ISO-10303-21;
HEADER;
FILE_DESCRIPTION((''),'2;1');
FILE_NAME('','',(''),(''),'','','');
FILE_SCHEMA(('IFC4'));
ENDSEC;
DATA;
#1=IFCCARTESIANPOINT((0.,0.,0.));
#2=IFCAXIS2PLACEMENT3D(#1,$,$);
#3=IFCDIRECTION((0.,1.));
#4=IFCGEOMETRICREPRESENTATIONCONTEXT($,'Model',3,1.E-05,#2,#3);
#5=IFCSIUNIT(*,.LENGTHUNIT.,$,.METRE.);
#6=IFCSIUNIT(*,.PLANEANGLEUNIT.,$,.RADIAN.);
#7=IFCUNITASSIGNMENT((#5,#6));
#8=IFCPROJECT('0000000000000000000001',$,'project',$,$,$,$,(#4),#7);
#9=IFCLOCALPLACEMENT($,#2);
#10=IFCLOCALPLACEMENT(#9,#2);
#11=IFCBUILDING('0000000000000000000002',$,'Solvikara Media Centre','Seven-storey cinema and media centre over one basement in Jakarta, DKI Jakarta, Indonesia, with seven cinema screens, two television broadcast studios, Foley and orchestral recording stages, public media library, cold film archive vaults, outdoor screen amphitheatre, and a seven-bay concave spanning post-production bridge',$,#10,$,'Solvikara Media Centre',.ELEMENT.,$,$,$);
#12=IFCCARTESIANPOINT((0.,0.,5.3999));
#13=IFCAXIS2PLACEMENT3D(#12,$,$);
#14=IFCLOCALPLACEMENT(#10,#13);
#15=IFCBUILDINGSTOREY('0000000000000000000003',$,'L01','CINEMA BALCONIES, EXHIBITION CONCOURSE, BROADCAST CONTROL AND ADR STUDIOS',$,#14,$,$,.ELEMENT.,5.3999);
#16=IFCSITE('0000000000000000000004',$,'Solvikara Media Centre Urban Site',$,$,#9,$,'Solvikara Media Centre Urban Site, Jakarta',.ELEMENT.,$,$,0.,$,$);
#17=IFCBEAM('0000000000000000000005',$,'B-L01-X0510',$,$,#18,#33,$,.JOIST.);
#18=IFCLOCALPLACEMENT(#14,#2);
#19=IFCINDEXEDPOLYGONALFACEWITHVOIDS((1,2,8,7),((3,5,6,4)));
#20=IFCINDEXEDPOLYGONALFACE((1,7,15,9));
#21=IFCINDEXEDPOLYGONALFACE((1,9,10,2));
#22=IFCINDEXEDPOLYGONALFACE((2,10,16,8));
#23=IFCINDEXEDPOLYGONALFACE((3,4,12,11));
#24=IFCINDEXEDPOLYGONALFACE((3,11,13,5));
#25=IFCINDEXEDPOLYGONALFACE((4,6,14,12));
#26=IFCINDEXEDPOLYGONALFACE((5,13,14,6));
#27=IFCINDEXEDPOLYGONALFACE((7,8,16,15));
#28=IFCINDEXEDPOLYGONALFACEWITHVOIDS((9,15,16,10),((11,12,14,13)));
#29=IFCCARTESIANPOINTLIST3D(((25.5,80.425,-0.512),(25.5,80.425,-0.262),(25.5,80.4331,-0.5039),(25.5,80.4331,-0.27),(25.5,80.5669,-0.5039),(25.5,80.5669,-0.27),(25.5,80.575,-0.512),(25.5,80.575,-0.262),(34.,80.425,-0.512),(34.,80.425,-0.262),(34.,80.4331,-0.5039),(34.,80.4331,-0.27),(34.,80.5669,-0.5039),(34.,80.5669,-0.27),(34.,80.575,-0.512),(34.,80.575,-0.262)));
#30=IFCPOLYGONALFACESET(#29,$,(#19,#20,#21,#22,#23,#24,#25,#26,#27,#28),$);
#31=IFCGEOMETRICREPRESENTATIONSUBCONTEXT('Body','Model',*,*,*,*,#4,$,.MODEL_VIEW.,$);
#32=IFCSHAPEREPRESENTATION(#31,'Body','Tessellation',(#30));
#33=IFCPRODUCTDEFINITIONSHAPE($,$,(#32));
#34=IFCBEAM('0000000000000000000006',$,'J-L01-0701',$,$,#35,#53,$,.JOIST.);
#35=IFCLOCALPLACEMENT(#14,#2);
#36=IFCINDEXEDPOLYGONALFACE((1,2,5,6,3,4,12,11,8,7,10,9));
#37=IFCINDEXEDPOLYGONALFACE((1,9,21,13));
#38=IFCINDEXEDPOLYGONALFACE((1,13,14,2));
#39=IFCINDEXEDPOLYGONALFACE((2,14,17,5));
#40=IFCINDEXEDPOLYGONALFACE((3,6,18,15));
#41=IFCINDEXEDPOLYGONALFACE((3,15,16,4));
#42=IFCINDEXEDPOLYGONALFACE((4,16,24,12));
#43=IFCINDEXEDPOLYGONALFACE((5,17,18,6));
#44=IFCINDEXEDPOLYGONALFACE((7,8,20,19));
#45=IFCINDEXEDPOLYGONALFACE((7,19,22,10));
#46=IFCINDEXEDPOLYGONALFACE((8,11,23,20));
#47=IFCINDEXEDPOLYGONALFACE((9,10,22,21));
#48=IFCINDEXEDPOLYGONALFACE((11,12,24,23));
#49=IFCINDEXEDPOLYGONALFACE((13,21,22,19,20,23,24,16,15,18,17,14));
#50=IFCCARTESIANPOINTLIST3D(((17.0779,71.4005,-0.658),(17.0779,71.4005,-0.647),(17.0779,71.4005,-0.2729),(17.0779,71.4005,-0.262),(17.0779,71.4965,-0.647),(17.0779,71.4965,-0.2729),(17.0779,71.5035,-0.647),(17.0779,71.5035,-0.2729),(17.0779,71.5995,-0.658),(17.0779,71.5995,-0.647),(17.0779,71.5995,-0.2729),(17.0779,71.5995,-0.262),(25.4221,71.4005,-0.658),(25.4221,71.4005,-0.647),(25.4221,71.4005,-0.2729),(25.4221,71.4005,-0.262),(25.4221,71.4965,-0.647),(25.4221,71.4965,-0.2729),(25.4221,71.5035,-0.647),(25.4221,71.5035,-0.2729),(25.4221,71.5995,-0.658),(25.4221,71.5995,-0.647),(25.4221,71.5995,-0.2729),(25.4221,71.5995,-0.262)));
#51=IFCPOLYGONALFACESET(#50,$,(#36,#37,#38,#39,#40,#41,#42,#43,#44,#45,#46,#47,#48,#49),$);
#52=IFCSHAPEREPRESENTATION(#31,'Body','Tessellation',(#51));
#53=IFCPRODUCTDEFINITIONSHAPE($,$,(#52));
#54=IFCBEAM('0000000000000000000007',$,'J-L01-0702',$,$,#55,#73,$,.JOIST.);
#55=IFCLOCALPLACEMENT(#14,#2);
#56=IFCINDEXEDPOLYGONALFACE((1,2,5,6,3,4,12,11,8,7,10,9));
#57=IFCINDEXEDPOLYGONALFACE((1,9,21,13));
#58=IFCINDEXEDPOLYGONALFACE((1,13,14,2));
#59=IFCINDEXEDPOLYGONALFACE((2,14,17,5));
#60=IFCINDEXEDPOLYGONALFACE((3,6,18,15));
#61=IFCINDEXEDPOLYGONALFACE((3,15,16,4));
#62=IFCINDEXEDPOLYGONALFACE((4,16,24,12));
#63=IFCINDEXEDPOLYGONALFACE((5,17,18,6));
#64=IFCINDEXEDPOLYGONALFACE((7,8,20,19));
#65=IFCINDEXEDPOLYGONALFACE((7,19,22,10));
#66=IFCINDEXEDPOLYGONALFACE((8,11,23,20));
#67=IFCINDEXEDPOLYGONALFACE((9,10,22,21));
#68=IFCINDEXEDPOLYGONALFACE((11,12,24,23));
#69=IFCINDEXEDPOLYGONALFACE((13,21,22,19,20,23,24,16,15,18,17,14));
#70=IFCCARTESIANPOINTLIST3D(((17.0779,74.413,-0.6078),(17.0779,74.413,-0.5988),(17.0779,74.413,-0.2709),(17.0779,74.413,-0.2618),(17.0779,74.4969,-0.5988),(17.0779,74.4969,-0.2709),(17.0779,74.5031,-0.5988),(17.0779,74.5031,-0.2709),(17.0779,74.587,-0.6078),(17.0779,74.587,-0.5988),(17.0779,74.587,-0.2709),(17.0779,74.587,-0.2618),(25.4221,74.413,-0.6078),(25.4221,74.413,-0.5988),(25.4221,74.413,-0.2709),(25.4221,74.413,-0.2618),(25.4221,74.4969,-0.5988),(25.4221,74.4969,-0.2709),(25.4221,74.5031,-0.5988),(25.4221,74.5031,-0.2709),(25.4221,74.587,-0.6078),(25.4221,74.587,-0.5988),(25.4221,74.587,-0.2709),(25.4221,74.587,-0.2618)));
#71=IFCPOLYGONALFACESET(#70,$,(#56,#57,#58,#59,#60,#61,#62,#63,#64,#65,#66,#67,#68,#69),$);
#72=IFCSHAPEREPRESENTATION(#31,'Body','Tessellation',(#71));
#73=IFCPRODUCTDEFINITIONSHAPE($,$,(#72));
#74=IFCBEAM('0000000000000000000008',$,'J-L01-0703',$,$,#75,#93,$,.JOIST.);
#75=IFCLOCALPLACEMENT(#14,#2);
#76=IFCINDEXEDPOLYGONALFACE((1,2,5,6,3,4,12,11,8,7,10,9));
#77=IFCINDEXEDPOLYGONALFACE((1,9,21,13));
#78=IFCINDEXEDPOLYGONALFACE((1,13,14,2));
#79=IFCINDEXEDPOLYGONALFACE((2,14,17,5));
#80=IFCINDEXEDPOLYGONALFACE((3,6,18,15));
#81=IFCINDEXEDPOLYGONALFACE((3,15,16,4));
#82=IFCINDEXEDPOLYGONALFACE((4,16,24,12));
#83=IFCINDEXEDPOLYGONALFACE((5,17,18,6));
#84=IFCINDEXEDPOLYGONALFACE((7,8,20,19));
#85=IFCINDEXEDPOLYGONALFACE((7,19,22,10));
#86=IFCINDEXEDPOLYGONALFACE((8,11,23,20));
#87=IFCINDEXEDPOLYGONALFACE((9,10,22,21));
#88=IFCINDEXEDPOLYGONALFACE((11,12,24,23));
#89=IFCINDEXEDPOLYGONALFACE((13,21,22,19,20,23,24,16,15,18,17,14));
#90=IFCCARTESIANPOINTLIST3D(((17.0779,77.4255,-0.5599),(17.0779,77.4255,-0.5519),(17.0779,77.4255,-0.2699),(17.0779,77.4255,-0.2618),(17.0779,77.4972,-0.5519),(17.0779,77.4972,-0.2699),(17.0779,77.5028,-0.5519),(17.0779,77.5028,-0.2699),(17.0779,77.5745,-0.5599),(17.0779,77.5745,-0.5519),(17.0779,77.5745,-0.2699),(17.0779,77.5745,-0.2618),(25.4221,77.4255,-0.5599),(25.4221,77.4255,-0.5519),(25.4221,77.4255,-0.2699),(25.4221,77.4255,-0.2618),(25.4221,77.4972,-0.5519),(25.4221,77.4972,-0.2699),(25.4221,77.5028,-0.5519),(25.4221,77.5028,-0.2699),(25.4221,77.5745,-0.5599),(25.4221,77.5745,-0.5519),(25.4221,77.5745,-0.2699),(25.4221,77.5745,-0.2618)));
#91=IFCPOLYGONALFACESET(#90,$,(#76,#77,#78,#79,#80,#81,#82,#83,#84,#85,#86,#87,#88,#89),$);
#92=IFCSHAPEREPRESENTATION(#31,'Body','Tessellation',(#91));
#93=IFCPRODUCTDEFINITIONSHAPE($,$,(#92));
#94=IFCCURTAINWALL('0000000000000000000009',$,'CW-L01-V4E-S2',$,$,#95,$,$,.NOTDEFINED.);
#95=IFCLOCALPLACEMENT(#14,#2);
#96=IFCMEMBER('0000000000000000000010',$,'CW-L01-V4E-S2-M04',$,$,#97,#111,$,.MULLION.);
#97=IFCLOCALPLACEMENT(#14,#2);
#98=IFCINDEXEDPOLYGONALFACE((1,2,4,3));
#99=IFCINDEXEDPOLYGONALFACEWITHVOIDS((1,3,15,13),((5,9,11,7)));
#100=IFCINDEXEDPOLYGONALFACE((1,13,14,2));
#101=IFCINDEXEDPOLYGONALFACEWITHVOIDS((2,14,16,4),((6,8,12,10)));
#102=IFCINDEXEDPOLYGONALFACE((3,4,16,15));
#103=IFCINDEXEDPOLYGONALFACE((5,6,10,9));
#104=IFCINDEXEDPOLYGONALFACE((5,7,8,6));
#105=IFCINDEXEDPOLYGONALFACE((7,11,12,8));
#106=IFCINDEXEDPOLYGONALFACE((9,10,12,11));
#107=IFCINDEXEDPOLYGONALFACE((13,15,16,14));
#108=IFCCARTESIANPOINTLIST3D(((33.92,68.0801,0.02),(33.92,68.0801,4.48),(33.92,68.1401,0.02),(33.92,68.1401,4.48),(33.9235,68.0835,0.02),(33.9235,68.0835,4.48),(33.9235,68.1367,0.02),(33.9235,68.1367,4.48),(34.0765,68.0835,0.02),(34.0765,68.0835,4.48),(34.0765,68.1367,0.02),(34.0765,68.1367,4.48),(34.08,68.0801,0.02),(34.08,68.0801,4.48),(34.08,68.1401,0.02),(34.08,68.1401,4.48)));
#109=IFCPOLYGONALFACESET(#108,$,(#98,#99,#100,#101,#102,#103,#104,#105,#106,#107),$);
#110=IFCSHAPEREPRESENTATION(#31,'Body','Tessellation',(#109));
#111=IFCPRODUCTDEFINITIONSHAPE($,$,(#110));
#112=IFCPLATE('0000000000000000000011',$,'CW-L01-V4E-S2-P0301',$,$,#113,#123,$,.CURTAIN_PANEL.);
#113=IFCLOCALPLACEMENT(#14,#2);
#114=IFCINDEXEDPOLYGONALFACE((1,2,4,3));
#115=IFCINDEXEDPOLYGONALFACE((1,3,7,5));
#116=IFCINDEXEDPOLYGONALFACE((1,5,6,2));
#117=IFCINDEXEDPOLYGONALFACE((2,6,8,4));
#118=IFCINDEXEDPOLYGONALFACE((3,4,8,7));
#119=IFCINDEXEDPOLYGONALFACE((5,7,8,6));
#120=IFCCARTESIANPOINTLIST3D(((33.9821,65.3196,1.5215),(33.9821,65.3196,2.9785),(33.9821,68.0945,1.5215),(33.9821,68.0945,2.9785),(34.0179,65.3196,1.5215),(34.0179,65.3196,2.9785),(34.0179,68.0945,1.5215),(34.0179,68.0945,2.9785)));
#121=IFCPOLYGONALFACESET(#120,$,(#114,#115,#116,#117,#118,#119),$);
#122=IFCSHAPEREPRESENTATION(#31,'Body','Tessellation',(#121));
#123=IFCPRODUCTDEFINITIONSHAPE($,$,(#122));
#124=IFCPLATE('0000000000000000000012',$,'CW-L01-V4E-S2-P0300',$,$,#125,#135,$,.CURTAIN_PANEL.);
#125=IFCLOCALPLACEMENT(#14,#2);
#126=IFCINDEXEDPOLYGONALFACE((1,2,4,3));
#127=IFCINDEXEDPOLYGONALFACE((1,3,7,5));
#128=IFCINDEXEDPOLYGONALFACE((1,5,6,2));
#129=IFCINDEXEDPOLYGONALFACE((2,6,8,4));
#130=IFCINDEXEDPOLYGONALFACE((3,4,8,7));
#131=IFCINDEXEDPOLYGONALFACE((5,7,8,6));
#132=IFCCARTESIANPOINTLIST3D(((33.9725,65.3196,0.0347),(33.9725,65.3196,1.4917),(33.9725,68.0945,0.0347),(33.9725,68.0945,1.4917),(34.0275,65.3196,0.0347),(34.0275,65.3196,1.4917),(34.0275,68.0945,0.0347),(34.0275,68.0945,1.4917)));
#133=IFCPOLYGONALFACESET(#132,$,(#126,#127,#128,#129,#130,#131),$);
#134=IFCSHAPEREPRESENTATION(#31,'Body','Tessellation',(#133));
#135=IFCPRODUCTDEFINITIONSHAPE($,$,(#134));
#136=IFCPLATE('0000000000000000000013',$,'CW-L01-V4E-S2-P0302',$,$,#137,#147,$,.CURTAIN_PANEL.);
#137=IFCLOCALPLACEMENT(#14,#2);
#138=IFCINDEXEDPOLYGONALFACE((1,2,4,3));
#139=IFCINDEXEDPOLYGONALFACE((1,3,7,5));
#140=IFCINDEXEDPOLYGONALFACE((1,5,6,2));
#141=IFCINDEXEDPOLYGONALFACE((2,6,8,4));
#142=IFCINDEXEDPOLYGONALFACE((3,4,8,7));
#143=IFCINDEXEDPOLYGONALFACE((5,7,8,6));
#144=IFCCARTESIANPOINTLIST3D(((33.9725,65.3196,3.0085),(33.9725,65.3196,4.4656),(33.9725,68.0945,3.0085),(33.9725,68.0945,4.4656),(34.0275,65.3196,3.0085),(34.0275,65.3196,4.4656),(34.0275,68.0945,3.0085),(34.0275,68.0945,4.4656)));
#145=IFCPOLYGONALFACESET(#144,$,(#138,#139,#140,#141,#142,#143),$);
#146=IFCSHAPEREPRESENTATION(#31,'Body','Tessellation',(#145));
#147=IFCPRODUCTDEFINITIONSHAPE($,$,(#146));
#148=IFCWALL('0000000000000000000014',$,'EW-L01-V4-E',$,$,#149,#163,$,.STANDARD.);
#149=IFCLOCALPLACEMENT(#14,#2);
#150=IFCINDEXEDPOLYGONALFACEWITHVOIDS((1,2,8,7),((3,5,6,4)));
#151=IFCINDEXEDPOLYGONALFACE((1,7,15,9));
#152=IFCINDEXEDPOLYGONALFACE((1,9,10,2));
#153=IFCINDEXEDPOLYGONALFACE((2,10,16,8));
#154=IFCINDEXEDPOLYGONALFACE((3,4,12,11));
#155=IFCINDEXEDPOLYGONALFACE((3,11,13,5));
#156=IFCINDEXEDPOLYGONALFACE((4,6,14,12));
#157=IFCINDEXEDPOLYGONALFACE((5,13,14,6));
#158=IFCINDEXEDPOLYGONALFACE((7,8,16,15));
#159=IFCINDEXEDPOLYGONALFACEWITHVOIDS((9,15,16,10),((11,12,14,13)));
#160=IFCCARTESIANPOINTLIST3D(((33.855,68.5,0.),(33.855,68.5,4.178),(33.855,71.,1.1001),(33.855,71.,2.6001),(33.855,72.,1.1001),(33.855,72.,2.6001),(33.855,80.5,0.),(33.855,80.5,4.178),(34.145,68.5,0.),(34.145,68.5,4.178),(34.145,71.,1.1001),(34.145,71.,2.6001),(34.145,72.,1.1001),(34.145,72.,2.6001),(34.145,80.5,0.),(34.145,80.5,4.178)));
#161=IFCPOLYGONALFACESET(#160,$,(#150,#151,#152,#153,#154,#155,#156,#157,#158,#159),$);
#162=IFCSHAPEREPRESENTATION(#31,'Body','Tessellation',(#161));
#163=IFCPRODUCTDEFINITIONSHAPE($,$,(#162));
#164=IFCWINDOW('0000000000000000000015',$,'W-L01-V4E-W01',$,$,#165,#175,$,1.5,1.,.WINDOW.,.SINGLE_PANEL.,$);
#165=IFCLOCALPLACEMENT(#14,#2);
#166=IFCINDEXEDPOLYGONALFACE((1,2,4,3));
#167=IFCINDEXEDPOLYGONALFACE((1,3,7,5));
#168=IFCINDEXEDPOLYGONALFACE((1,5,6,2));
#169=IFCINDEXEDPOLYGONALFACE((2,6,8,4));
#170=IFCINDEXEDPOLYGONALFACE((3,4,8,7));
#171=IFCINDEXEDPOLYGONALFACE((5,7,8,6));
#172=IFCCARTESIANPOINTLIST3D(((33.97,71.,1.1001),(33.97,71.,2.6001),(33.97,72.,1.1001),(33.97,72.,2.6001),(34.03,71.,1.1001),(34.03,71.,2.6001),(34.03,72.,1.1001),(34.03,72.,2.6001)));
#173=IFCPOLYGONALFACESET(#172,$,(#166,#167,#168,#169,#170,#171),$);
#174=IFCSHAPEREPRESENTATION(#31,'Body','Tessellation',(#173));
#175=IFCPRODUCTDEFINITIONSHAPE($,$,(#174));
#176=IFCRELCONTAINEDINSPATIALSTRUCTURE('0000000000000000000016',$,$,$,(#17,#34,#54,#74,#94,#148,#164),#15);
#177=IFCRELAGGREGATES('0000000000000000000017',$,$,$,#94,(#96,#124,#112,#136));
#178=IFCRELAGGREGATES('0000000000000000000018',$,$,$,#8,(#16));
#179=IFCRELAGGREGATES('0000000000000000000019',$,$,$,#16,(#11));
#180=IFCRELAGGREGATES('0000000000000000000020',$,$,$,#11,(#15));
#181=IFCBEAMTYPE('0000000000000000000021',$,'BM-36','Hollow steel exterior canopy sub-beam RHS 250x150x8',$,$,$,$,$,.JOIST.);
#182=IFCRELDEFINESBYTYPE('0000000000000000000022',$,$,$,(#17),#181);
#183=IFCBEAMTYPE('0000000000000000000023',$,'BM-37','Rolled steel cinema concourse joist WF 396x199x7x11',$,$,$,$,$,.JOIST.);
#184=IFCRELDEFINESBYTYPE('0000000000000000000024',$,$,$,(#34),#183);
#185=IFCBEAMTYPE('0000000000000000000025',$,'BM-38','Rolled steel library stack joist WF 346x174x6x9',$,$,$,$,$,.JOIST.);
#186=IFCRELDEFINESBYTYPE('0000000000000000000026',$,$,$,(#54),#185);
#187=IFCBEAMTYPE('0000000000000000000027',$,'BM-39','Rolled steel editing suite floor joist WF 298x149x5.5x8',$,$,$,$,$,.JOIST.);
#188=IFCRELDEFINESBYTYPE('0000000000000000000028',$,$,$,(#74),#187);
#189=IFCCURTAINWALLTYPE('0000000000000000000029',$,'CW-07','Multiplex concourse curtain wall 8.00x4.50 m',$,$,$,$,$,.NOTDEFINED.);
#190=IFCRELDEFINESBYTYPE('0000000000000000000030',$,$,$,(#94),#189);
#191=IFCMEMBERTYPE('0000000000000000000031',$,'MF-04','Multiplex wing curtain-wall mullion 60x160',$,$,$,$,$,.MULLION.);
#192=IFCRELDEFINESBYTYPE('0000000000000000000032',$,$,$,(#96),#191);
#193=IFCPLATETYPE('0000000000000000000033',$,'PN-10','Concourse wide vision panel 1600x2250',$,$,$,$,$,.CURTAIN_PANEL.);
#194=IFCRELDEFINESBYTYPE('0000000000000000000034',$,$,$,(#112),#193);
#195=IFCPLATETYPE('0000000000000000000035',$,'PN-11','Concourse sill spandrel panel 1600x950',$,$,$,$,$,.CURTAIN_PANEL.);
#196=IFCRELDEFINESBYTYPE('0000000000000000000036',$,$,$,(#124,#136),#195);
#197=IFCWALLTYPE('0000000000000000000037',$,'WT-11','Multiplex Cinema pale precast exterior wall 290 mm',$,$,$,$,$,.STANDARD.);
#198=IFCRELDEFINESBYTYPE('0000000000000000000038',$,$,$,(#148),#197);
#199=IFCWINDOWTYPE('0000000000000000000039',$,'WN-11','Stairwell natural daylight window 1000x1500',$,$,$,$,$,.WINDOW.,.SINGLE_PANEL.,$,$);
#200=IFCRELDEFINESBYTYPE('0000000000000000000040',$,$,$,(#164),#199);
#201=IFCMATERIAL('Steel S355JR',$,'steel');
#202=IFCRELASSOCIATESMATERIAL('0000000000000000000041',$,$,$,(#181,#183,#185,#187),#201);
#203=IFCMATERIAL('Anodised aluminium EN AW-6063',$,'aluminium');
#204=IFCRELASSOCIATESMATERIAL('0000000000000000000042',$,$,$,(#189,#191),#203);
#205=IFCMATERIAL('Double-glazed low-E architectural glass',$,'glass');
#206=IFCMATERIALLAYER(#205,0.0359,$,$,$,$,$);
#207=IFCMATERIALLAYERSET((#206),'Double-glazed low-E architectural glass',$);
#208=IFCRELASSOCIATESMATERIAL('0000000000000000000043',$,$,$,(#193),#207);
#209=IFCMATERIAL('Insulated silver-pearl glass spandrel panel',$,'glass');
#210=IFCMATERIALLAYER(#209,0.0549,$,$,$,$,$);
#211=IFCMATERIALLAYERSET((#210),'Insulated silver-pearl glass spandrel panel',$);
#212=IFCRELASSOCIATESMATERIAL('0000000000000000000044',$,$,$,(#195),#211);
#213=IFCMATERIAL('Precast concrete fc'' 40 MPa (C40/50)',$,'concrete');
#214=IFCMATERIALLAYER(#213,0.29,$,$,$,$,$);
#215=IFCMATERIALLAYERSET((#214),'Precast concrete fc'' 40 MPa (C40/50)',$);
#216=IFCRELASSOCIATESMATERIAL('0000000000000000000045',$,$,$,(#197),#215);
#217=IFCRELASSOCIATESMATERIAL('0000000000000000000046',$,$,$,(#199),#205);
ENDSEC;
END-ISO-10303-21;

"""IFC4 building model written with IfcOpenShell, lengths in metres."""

from ifc_helpers import new_model, si_unit, direction, frame, frame_2d, origin, origin_2d, place, context, subcontext, project, spatial, rectangle, hollow_rectangle, i_section, extrude, material, layer, layer_set, material_profile, profile_set, type_object, element, fill, aggregate, save


model = new_model("IFC4")

# Units and contexts
model_context = context("Model", 3, precision=1e-05, world=origin(), true_north=direction((0.0, 1.0)))
body_context = subcontext(model_context, "Body", "Model", "MODEL_VIEW")
ifc_project = project(units=[si_unit("LENGTHUNIT", "METRE"), si_unit("PLANEANGLEUNIT", "RADIAN")], contexts=[model_context])

# Site, building, storey
site_placement = place(None, origin())
site = spatial("IfcSite", under=ifc_project, at=site_placement, Name="Solvikara Media Centre Urban Site", LongName="Solvikara Media Centre Urban Site, Jakarta", CompositionType="ELEMENT", RefElevation=0.0)
building_placement = place(site_placement, origin())
building = spatial("IfcBuilding", under=site, at=building_placement, Name="Solvikara Media Centre", Description="Seven-storey cinema and media centre over one basement in Jakarta, DKI Jakarta, Indonesia, with seven cinema screens, two television broadcast studios, Foley and orchestral recording stages, public media library, cold film archive vaults, outdoor screen amphitheatre, and a seven-bay concave spanning post-production bridge", LongName="Solvikara Media Centre", CompositionType="ELEMENT")
storey_placement = place(building_placement, frame((0.0, 0.0, 5.3999)))
storey = spatial("IfcBuildingStorey", under=building, at=storey_placement, Name="L01", Description="CINEMA BALCONIES, EXHIBITION CONCOURSE, BROADCAST CONTROL AND ADR STUDIOS", CompositionType="ELEMENT", Elevation=5.3999)

# Beams
ifc_material_1 = material(Name="Steel S355JR", Category="steel")
ifc_material_profile_1 = material_profile(ifc_material_1, hollow_rectangle(XDim=0.1499, YDim=0.25, WallThickness=0.0081, at=origin_2d()), Name="RHS 250x150x8")
ifc_profile_set_1 = profile_set([ifc_material_profile_1], Name="Steel S355JR")
beam_type_1 = type_object("IfcBeamType", Name="BM-36", Description="Hollow steel exterior canopy sub-beam RHS 250x150x8", PredefinedType="JOIST", material=ifc_profile_set_1)
beam_1_placement = place(storey_placement, frame((25.5, 80.5, -0.387), z_axis=(1.0, 0.0, 0.0), x_axis=(0.0, 1.0, 0.0)))
element("IfcBeam", 1, at=beam_1_placement, inside=storey, type_object=beam_type_1, Name="B-L01-X0510", PredefinedType="JOIST", context=body_context, shape_type="SweptSolid", body=[
    extrude(hollow_rectangle(XDim=0.1499, YDim=0.25, WallThickness=0.0081, at=origin_2d()), origin(), (0.0, 0.0, 1.0), 8.5),
])
ifc_material_profile_2 = material_profile(ifc_material_1, i_section(OverallWidth=0.199, OverallDepth=0.396, WebThickness=0.0071, FlangeThickness=0.011, at=origin_2d()), Name="WF 396x199x7x11")
ifc_profile_set_2 = profile_set([ifc_material_profile_2], Name="Steel S355JR")
beam_type_2 = type_object("IfcBeamType", Name="BM-37", Description="Rolled steel cinema concourse joist WF 396x199x7x11", PredefinedType="JOIST", material=ifc_profile_set_2)
beam_2_placement = place(storey_placement, frame((17.0779, 71.5, -0.46), z_axis=(1.0, 0.0, 0.0), x_axis=(0.0, 1.0, 0.0)))
element("IfcBeam", 2, at=beam_2_placement, inside=storey, type_object=beam_type_2, Name="J-L01-0701", PredefinedType="JOIST", context=body_context, shape_type="SweptSolid", body=[
    extrude(i_section(OverallWidth=0.199, OverallDepth=0.396, WebThickness=0.0071, FlangeThickness=0.011, at=origin_2d()), origin(), (0.0, 0.0, 1.0), 8.3442),
])
ifc_material_profile_3 = material_profile(ifc_material_1, i_section(OverallWidth=0.1741, OverallDepth=0.3459, WebThickness=0.0061, FlangeThickness=0.009, at=origin_2d()), Name="WF 346x174x6x9")
ifc_profile_set_3 = profile_set([ifc_material_profile_3], Name="Steel S355JR")
beam_type_3 = type_object("IfcBeamType", Name="BM-38", Description="Rolled steel library stack joist WF 346x174x6x9", PredefinedType="JOIST", material=ifc_profile_set_3)
beam_3_placement = place(storey_placement, frame((17.0779, 74.5, -0.4348), z_axis=(1.0, 0.0, 0.0), x_axis=(0.0, 1.0, 0.0)))
element("IfcBeam", 3, at=beam_3_placement, inside=storey, type_object=beam_type_3, Name="J-L01-0702", PredefinedType="JOIST", context=body_context, shape_type="SweptSolid", body=[
    extrude(i_section(OverallWidth=0.1741, OverallDepth=0.3459, WebThickness=0.0061, FlangeThickness=0.009, at=origin_2d()), origin(), (0.0, 0.0, 1.0), 8.3442),
])
ifc_material_profile_4 = material_profile(ifc_material_1, i_section(OverallWidth=0.1489, OverallDepth=0.2981, WebThickness=0.0056, FlangeThickness=0.0081, at=origin_2d()), Name="WF 298x149x5.5x8")
ifc_profile_set_4 = profile_set([ifc_material_profile_4], Name="Steel S355JR")
beam_type_4 = type_object("IfcBeamType", Name="BM-39", Description="Rolled steel editing suite floor joist WF 298x149x5.5x8", PredefinedType="JOIST", material=ifc_profile_set_4)
beam_4_placement = place(storey_placement, frame((17.0779, 77.5, -0.4109), z_axis=(1.0, 0.0, 0.0), x_axis=(0.0, 1.0, 0.0)))
element("IfcBeam", 4, at=beam_4_placement, inside=storey, type_object=beam_type_4, Name="J-L01-0703", PredefinedType="JOIST", context=body_context, shape_type="SweptSolid", body=[
    extrude(i_section(OverallWidth=0.1489, OverallDepth=0.2981, WebThickness=0.0056, FlangeThickness=0.0081, at=origin_2d()), origin(), (0.0, 0.0, 1.0), 8.3442),
])

# Curtain wall, member, plates
ifc_material_2 = material(Name="Anodised aluminium EN AW-6063", Category="aluminium")
curtain_wall_type = type_object("IfcCurtainWallType", Name="CW-07", Description="Multiplex concourse curtain wall 8.00x4.50 m", PredefinedType="NOTDEFINED", material=ifc_material_2)
curtain_wall_placement = place(storey_placement, origin())
curtain_wall = element("IfcCurtainWall", 5, at=curtain_wall_placement, inside=storey, type_object=curtain_wall_type, Name="CW-L01-V4E-S2", PredefinedType="NOTDEFINED")
ifc_material_profile_5 = material_profile(ifc_material_2, hollow_rectangle(XDim=0.0601, YDim=0.1599, WallThickness=0.0034, at=origin_2d()), Name="ALU-M 60x160x3.5")
ifc_profile_set_5 = profile_set([ifc_material_profile_5], Name="Anodised aluminium EN AW-6063")
member_type = type_object("IfcMemberType", Name="MF-04", Description="Multiplex wing curtain-wall mullion 60x160", PredefinedType="MULLION", material=ifc_profile_set_5)
member_placement = place(storey_placement, frame((34.0, 68.1101, 0.02), z_axis=(0.0, 0.0, 1.0), x_axis=(0.0, 1.0, 0.0)))
member = element("IfcMember", 6, at=member_placement, type_object=member_type, Name="CW-L01-V4E-S2-M04", PredefinedType="MULLION", context=body_context, shape_type="SweptSolid", body=[
    extrude(hollow_rectangle(XDim=0.0601, YDim=0.1599, WallThickness=0.0034, at=origin_2d()), origin(), (0.0, 0.0, 1.0), 4.46),
])
ifc_material_3 = material(Name="Double-glazed low-E architectural glass", Category="glass")
ifc_layer_1 = layer(ifc_material_3, 0.0359)
ifc_layer_set_1 = layer_set([ifc_layer_1], Name="Double-glazed low-E architectural glass")
plate_type_1 = type_object("IfcPlateType", Name="PN-10", Description="Concourse wide vision panel 1600x2250", PredefinedType="CURTAIN_PANEL", material=ifc_layer_set_1)
plate_1_placement = place(storey_placement, frame((34.0, 66.707, 1.5215), z_axis=(0.0, 0.0, 1.0), x_axis=(0.0, 1.0, 0.0)))
plate_1 = element("IfcPlate", 7, at=plate_1_placement, type_object=plate_type_1, Name="CW-L01-V4E-S2-P0301", PredefinedType="CURTAIN_PANEL", context=body_context, shape_type="SweptSolid", body=[
    extrude(rectangle(XDim=2.7749, YDim=0.0359, at=origin_2d()), origin(), (0.0, 0.0, 1.0), 1.457),
])
ifc_material_4 = material(Name="Insulated silver-pearl glass spandrel panel", Category="glass")
ifc_layer_2 = layer(ifc_material_4, 0.0549)
ifc_layer_set_2 = layer_set([ifc_layer_2], Name="Insulated silver-pearl glass spandrel panel")
plate_type_2 = type_object("IfcPlateType", Name="PN-11", Description="Concourse sill spandrel panel 1600x950", PredefinedType="CURTAIN_PANEL", material=ifc_layer_set_2)
plate_2_placement = place(storey_placement, frame((34.0, 66.707, 0.0347), z_axis=(0.0, 0.0, 1.0), x_axis=(0.0, 1.0, 0.0)))
plate_2 = element("IfcPlate", 8, at=plate_2_placement, type_object=plate_type_2, Name="CW-L01-V4E-S2-P0300", PredefinedType="CURTAIN_PANEL", context=body_context, shape_type="SweptSolid", body=[
    extrude(rectangle(XDim=2.7749, YDim=0.0549, at=origin_2d()), origin(), (0.0, 0.0, 1.0), 1.457),
])
plate_3_placement = place(storey_placement, frame((34.0, 66.707, 3.0085), z_axis=(0.0, 0.0, 1.0), x_axis=(0.0, 1.0, 0.0)))
plate_3 = element("IfcPlate", 9, at=plate_3_placement, type_object=plate_type_2, Name="CW-L01-V4E-S2-P0302", PredefinedType="CURTAIN_PANEL", context=body_context, shape_type="SweptSolid", body=[
    extrude(rectangle(XDim=2.7749, YDim=0.0549, at=origin_2d()), origin(), (0.0, 0.0, 1.0), 1.457),
])
aggregate(curtain_wall, [member, plate_2, plate_1, plate_3])

# Wall, opening, window
ifc_material_5 = material(Name="Precast concrete fc' 40 MPa (C40/50)", Category="concrete")
ifc_layer_3 = layer(ifc_material_5, 0.29)
ifc_layer_set_3 = layer_set([ifc_layer_3], Name="Precast concrete fc' 40 MPa (C40/50)")
wall_type = type_object("IfcWallType", Name="WT-11", Description="Multiplex Cinema pale precast exterior wall 290 mm", PredefinedType="STANDARD", material=ifc_layer_set_3)
wall_placement = place(storey_placement, frame((34.0, 68.5, 0.0), z_axis=(0.0, 0.0, 1.0), x_axis=(0.0, 1.0, 0.0)))
wall = element("IfcWall", 10, at=wall_placement, inside=storey, type_object=wall_type, Name="EW-L01-V4-E", PredefinedType="STANDARD", context=body_context, shape_type="SweptSolid", body=[
    extrude(rectangle(XDim=12.0, YDim=0.29, at=frame_2d((6.0, 0.0))), origin(), (0.0, 0.0, 1.0), 4.178),
])
opening_placement = place(wall_placement, frame((2.5, 0.0, 1.1001)))
opening = element("IfcOpeningElement", 11, at=opening_placement, cuts=wall, PredefinedType="OPENING", context=body_context, shape_type="SweptSolid", body=[
    extrude(rectangle(XDim=1.0, YDim=1.5, at=frame_2d((0.5, 0.75))), frame((0.0, 0.157, 0.0), z_axis=(0.0, -1.0, 0.0), x_axis=(1.0, 0.0, 0.0)), (0.0, 0.0, 1.0), 0.314),
])
window_type = type_object("IfcWindowType", Name="WN-11", Description="Stairwell natural daylight window 1000x1500", PartitioningType="SINGLE_PANEL", PredefinedType="WINDOW", material=ifc_material_3)
window_placement = place(opening_placement, origin())
window = element("IfcWindow", 12, at=window_placement, inside=storey, type_object=window_type, Name="W-L01-V4E-W01", OverallHeight=1.5, OverallWidth=1.0, PartitioningType="SINGLE_PANEL", PredefinedType="WINDOW", context=body_context, shape_type="SweptSolid", body=[
    extrude(rectangle(XDim=1.0, YDim=1.5, at=frame_2d((0.5, 0.75))), frame((0.0, 0.03, 0.0), z_axis=(0.0, -1.0, 0.0), x_axis=(1.0, 0.0, 0.0)), (0.0, 0.0, 1.0), 0.0601),
])
fill(opening, window)

save(model, "model.ifc")
